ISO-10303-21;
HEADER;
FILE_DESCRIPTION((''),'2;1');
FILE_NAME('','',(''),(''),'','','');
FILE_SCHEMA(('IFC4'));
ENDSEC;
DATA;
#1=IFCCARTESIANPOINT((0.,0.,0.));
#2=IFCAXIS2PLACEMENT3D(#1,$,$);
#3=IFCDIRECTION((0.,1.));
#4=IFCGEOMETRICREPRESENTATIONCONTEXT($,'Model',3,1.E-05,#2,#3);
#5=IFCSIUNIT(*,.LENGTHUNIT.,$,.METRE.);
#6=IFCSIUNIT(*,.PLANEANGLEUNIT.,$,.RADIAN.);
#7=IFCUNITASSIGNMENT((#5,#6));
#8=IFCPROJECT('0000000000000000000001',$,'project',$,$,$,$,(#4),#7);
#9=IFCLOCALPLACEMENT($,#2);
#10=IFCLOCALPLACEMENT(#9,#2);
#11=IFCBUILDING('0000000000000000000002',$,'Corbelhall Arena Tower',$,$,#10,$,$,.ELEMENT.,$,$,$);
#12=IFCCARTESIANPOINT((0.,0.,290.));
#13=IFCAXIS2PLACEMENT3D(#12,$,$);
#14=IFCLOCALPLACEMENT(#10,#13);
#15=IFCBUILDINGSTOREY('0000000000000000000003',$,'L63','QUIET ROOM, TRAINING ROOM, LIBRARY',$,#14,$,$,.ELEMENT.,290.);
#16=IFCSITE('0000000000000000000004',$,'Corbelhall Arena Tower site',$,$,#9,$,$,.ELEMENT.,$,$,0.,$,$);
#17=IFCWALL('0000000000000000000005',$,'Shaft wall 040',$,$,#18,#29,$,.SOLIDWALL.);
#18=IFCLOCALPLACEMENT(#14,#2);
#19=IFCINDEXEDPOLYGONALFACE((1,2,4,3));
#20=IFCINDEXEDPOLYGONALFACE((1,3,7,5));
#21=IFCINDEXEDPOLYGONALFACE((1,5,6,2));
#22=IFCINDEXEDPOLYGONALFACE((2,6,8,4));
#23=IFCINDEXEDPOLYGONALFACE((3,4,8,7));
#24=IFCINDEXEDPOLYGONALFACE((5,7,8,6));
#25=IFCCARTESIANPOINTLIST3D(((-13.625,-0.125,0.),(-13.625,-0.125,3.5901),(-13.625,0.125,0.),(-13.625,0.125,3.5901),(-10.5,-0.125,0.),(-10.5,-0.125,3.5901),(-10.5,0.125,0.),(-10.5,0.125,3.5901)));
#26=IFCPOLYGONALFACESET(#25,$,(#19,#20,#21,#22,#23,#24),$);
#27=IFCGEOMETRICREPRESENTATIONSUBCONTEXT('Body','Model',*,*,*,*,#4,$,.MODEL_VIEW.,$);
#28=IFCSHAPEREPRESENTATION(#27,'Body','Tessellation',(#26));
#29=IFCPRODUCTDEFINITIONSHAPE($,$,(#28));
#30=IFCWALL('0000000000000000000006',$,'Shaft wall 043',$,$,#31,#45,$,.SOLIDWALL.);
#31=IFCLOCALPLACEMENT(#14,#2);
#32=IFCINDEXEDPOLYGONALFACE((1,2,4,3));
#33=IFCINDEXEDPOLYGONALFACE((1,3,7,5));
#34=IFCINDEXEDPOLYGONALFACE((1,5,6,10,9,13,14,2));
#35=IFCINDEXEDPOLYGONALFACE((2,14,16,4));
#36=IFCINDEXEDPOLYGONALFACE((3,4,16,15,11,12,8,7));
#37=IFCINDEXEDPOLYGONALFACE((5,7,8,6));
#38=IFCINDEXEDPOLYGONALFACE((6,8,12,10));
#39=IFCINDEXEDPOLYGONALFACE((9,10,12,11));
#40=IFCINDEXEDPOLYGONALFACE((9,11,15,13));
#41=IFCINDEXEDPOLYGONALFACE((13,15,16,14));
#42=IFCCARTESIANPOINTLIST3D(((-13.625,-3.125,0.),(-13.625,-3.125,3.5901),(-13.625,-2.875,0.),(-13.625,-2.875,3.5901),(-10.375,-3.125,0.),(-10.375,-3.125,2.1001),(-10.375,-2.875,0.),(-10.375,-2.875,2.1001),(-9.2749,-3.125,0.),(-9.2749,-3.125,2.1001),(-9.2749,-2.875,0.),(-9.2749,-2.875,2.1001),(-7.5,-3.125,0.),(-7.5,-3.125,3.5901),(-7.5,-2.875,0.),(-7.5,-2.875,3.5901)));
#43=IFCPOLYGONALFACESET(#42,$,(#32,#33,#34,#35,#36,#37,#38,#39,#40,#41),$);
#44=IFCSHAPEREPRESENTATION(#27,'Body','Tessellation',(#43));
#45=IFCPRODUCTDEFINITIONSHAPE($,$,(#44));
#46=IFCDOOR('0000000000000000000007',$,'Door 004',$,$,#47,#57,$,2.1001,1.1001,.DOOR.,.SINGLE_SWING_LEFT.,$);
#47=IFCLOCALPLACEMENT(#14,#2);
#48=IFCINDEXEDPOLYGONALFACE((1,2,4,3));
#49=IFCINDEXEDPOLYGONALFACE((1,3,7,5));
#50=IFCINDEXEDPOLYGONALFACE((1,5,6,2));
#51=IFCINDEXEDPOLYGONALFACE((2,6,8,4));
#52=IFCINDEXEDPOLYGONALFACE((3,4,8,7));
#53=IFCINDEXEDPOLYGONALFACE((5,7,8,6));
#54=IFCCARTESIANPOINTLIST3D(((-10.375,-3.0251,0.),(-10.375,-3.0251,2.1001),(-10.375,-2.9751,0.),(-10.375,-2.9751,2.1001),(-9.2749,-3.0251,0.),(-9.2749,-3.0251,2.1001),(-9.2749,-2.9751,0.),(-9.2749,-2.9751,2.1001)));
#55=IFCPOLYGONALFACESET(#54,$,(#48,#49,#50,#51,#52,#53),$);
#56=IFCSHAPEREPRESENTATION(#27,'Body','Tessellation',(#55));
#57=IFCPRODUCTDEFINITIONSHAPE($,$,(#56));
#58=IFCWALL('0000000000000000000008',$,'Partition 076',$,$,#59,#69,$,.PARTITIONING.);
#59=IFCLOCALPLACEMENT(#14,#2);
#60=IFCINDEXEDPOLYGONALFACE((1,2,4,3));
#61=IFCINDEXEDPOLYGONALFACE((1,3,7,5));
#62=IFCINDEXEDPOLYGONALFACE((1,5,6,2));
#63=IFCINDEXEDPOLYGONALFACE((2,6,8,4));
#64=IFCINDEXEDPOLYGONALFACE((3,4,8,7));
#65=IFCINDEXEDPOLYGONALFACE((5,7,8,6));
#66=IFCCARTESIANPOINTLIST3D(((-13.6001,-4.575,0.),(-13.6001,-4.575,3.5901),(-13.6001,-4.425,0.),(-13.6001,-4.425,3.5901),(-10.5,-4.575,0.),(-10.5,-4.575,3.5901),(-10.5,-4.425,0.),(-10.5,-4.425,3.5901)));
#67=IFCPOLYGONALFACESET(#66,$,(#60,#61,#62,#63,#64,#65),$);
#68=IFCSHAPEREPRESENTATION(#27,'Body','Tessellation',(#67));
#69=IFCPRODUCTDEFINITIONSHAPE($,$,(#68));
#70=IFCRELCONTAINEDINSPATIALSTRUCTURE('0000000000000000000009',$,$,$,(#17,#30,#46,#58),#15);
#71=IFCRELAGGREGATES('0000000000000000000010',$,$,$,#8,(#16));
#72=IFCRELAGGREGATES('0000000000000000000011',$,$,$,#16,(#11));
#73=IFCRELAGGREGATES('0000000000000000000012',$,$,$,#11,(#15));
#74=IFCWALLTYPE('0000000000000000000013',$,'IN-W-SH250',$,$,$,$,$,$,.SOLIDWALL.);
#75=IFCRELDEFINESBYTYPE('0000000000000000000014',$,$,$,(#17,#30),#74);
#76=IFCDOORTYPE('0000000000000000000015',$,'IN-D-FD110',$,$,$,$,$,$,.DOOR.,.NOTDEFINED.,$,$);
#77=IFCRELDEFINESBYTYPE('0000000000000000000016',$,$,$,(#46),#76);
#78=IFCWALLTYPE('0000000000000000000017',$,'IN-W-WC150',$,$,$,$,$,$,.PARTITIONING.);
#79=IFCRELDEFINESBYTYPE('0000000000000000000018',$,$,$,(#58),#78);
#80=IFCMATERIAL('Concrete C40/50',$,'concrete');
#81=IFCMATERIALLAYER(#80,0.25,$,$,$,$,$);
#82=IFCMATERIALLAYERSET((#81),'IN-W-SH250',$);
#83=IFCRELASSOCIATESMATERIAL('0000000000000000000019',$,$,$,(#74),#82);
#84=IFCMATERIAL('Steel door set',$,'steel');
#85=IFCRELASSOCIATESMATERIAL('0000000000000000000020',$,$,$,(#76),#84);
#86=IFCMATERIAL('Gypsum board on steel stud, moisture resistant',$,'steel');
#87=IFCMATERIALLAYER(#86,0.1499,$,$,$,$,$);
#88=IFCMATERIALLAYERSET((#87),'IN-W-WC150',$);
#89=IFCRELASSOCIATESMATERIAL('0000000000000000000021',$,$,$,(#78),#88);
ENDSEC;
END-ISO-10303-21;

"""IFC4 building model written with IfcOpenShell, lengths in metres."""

from ifc_helpers import new_model, si_unit, direction, frame, frame_2d, origin, place, context, subcontext, project, spatial, rectangle, extrude, material, layer, layer_set, type_object, element, fill, save


model = new_model("IFC4")

# Units and contexts
model_context = context("Model", 3, precision=1e-05, world=origin(), true_north=direction((0.0, 1.0)))
body_context = subcontext(model_context, "Body", "Model", "MODEL_VIEW")
ifc_project = project(units=[si_unit("LENGTHUNIT", "METRE"), si_unit("PLANEANGLEUNIT", "RADIAN")], contexts=[model_context])

# Site, building, storey
site_placement = place(None, origin())
site = spatial("IfcSite", under=ifc_project, at=site_placement, Name="Corbelhall Arena Tower site", CompositionType="ELEMENT", RefElevation=0.0)
building_placement = place(site_placement, origin())
building = spatial("IfcBuilding", under=site, at=building_placement, Name="Corbelhall Arena Tower", CompositionType="ELEMENT")
storey_placement = place(building_placement, frame((0.0, 0.0, 290.0)))
storey = spatial("IfcBuildingStorey", under=building, at=storey_placement, Name="L63", Description="QUIET ROOM, TRAINING ROOM, LIBRARY", CompositionType="ELEMENT", Elevation=290.0)

# Wall
ifc_material_1 = material(Name="Concrete C40/50", Category="concrete")
ifc_layer_1 = layer(ifc_material_1, 0.25)
ifc_layer_set_1 = layer_set([ifc_layer_1], Name="IN-W-SH250")
wall_type_1 = type_object("IfcWallType", Name="IN-W-SH250", PredefinedType="SOLIDWALL", material=ifc_layer_set_1)
wall_1_placement = place(storey_placement, frame((-13.625, 0.0, 0.0), z_axis=(0.0, 0.0, 1.0), x_axis=(1.0, 0.0, 0.0)))
element("IfcWall", 1, at=wall_1_placement, inside=storey, type_object=wall_type_1, Name="Shaft wall 040", PredefinedType="SOLIDWALL", context=body_context, shape_type="SweptSolid", body=[
    extrude(rectangle(XDim=3.125, YDim=0.25, at=frame_2d((1.5625, 0.0))), origin(), (0.0, 0.0, 1.0), 3.5901),
])

# Wall, opening, door
wall_2_placement = place(storey_placement, frame((-13.625, -3.0, 0.0), z_axis=(0.0, 0.0, 1.0), x_axis=(1.0, 0.0, 0.0)))
wall_2 = element("IfcWall", 2, at=wall_2_placement, inside=storey, type_object=wall_type_1, Name="Shaft wall 043", PredefinedType="SOLIDWALL", context=body_context, shape_type="SweptSolid", body=[
    extrude(rectangle(XDim=6.125, YDim=0.25, at=frame_2d((3.0625, 0.0))), origin(), (0.0, 0.0, 1.0), 3.5901),
])
opening_1_placement = place(wall_2_placement, frame((3.25, 0.0, 0.0)))
opening_1 = element("IfcOpeningElement", 3, at=opening_1_placement, cuts=wall_2, PredefinedType="OPENING", context=body_context, shape_type="SweptSolid", body=[
    extrude(rectangle(XDim=1.1001, YDim=2.1001, at=frame_2d((0.55, 1.05))), frame((0.0, 0.125, 0.0), z_axis=(0.0, -1.0, 0.0), x_axis=(1.0, 0.0, 0.0)), (0.0, 0.0, 1.0), 0.25),
])
ifc_material_2 = material(Name="Steel door set", Category="steel")
door_type = type_object("IfcDoorType", Name="IN-D-FD110", OperationType="NOTDEFINED", PredefinedType="DOOR", material=ifc_material_2)
door_placement = place(opening_1_placement, origin())
door = element("IfcDoor", 4, at=door_placement, inside=storey, type_object=door_type, Name="Door 004", OperationType="SINGLE_SWING_LEFT", OverallHeight=2.1001, OverallWidth=1.1001, PredefinedType="DOOR", context=body_context, shape_type="SweptSolid", body=[
    extrude(rectangle(XDim=1.1001, YDim=2.1001, at=frame_2d((0.55, 1.05))), frame((0.0, 0.0249, 0.0), z_axis=(0.0, -1.0, 0.0), x_axis=(1.0, 0.0, 0.0)), (0.0, 0.0, 1.0), 0.05),
])
fill(opening_1, door)

# Wall
ifc_material_3 = material(Name="Gypsum board on steel stud, moisture resistant", Category="steel")
ifc_layer_2 = layer(ifc_material_3, 0.1499)
ifc_layer_set_2 = layer_set([ifc_layer_2], Name="IN-W-WC150")
wall_type_2 = type_object("IfcWallType", Name="IN-W-WC150", PredefinedType="PARTITIONING", material=ifc_layer_set_2)
wall_3_placement = place(storey_placement, frame((-13.6001, -4.5, 0.0), z_axis=(0.0, 0.0, 1.0), x_axis=(1.0, 0.0, 0.0)))
element("IfcWall", 5, at=wall_3_placement, inside=storey, type_object=wall_type_2, Name="Partition 076", PredefinedType="PARTITIONING", context=body_context, shape_type="SweptSolid", body=[
    extrude(rectangle(XDim=3.1001, YDim=0.1499, at=frame_2d((1.55, 0.0))), origin(), (0.0, 0.0, 1.0), 3.5901),
])

save(model, "model.ifc")
